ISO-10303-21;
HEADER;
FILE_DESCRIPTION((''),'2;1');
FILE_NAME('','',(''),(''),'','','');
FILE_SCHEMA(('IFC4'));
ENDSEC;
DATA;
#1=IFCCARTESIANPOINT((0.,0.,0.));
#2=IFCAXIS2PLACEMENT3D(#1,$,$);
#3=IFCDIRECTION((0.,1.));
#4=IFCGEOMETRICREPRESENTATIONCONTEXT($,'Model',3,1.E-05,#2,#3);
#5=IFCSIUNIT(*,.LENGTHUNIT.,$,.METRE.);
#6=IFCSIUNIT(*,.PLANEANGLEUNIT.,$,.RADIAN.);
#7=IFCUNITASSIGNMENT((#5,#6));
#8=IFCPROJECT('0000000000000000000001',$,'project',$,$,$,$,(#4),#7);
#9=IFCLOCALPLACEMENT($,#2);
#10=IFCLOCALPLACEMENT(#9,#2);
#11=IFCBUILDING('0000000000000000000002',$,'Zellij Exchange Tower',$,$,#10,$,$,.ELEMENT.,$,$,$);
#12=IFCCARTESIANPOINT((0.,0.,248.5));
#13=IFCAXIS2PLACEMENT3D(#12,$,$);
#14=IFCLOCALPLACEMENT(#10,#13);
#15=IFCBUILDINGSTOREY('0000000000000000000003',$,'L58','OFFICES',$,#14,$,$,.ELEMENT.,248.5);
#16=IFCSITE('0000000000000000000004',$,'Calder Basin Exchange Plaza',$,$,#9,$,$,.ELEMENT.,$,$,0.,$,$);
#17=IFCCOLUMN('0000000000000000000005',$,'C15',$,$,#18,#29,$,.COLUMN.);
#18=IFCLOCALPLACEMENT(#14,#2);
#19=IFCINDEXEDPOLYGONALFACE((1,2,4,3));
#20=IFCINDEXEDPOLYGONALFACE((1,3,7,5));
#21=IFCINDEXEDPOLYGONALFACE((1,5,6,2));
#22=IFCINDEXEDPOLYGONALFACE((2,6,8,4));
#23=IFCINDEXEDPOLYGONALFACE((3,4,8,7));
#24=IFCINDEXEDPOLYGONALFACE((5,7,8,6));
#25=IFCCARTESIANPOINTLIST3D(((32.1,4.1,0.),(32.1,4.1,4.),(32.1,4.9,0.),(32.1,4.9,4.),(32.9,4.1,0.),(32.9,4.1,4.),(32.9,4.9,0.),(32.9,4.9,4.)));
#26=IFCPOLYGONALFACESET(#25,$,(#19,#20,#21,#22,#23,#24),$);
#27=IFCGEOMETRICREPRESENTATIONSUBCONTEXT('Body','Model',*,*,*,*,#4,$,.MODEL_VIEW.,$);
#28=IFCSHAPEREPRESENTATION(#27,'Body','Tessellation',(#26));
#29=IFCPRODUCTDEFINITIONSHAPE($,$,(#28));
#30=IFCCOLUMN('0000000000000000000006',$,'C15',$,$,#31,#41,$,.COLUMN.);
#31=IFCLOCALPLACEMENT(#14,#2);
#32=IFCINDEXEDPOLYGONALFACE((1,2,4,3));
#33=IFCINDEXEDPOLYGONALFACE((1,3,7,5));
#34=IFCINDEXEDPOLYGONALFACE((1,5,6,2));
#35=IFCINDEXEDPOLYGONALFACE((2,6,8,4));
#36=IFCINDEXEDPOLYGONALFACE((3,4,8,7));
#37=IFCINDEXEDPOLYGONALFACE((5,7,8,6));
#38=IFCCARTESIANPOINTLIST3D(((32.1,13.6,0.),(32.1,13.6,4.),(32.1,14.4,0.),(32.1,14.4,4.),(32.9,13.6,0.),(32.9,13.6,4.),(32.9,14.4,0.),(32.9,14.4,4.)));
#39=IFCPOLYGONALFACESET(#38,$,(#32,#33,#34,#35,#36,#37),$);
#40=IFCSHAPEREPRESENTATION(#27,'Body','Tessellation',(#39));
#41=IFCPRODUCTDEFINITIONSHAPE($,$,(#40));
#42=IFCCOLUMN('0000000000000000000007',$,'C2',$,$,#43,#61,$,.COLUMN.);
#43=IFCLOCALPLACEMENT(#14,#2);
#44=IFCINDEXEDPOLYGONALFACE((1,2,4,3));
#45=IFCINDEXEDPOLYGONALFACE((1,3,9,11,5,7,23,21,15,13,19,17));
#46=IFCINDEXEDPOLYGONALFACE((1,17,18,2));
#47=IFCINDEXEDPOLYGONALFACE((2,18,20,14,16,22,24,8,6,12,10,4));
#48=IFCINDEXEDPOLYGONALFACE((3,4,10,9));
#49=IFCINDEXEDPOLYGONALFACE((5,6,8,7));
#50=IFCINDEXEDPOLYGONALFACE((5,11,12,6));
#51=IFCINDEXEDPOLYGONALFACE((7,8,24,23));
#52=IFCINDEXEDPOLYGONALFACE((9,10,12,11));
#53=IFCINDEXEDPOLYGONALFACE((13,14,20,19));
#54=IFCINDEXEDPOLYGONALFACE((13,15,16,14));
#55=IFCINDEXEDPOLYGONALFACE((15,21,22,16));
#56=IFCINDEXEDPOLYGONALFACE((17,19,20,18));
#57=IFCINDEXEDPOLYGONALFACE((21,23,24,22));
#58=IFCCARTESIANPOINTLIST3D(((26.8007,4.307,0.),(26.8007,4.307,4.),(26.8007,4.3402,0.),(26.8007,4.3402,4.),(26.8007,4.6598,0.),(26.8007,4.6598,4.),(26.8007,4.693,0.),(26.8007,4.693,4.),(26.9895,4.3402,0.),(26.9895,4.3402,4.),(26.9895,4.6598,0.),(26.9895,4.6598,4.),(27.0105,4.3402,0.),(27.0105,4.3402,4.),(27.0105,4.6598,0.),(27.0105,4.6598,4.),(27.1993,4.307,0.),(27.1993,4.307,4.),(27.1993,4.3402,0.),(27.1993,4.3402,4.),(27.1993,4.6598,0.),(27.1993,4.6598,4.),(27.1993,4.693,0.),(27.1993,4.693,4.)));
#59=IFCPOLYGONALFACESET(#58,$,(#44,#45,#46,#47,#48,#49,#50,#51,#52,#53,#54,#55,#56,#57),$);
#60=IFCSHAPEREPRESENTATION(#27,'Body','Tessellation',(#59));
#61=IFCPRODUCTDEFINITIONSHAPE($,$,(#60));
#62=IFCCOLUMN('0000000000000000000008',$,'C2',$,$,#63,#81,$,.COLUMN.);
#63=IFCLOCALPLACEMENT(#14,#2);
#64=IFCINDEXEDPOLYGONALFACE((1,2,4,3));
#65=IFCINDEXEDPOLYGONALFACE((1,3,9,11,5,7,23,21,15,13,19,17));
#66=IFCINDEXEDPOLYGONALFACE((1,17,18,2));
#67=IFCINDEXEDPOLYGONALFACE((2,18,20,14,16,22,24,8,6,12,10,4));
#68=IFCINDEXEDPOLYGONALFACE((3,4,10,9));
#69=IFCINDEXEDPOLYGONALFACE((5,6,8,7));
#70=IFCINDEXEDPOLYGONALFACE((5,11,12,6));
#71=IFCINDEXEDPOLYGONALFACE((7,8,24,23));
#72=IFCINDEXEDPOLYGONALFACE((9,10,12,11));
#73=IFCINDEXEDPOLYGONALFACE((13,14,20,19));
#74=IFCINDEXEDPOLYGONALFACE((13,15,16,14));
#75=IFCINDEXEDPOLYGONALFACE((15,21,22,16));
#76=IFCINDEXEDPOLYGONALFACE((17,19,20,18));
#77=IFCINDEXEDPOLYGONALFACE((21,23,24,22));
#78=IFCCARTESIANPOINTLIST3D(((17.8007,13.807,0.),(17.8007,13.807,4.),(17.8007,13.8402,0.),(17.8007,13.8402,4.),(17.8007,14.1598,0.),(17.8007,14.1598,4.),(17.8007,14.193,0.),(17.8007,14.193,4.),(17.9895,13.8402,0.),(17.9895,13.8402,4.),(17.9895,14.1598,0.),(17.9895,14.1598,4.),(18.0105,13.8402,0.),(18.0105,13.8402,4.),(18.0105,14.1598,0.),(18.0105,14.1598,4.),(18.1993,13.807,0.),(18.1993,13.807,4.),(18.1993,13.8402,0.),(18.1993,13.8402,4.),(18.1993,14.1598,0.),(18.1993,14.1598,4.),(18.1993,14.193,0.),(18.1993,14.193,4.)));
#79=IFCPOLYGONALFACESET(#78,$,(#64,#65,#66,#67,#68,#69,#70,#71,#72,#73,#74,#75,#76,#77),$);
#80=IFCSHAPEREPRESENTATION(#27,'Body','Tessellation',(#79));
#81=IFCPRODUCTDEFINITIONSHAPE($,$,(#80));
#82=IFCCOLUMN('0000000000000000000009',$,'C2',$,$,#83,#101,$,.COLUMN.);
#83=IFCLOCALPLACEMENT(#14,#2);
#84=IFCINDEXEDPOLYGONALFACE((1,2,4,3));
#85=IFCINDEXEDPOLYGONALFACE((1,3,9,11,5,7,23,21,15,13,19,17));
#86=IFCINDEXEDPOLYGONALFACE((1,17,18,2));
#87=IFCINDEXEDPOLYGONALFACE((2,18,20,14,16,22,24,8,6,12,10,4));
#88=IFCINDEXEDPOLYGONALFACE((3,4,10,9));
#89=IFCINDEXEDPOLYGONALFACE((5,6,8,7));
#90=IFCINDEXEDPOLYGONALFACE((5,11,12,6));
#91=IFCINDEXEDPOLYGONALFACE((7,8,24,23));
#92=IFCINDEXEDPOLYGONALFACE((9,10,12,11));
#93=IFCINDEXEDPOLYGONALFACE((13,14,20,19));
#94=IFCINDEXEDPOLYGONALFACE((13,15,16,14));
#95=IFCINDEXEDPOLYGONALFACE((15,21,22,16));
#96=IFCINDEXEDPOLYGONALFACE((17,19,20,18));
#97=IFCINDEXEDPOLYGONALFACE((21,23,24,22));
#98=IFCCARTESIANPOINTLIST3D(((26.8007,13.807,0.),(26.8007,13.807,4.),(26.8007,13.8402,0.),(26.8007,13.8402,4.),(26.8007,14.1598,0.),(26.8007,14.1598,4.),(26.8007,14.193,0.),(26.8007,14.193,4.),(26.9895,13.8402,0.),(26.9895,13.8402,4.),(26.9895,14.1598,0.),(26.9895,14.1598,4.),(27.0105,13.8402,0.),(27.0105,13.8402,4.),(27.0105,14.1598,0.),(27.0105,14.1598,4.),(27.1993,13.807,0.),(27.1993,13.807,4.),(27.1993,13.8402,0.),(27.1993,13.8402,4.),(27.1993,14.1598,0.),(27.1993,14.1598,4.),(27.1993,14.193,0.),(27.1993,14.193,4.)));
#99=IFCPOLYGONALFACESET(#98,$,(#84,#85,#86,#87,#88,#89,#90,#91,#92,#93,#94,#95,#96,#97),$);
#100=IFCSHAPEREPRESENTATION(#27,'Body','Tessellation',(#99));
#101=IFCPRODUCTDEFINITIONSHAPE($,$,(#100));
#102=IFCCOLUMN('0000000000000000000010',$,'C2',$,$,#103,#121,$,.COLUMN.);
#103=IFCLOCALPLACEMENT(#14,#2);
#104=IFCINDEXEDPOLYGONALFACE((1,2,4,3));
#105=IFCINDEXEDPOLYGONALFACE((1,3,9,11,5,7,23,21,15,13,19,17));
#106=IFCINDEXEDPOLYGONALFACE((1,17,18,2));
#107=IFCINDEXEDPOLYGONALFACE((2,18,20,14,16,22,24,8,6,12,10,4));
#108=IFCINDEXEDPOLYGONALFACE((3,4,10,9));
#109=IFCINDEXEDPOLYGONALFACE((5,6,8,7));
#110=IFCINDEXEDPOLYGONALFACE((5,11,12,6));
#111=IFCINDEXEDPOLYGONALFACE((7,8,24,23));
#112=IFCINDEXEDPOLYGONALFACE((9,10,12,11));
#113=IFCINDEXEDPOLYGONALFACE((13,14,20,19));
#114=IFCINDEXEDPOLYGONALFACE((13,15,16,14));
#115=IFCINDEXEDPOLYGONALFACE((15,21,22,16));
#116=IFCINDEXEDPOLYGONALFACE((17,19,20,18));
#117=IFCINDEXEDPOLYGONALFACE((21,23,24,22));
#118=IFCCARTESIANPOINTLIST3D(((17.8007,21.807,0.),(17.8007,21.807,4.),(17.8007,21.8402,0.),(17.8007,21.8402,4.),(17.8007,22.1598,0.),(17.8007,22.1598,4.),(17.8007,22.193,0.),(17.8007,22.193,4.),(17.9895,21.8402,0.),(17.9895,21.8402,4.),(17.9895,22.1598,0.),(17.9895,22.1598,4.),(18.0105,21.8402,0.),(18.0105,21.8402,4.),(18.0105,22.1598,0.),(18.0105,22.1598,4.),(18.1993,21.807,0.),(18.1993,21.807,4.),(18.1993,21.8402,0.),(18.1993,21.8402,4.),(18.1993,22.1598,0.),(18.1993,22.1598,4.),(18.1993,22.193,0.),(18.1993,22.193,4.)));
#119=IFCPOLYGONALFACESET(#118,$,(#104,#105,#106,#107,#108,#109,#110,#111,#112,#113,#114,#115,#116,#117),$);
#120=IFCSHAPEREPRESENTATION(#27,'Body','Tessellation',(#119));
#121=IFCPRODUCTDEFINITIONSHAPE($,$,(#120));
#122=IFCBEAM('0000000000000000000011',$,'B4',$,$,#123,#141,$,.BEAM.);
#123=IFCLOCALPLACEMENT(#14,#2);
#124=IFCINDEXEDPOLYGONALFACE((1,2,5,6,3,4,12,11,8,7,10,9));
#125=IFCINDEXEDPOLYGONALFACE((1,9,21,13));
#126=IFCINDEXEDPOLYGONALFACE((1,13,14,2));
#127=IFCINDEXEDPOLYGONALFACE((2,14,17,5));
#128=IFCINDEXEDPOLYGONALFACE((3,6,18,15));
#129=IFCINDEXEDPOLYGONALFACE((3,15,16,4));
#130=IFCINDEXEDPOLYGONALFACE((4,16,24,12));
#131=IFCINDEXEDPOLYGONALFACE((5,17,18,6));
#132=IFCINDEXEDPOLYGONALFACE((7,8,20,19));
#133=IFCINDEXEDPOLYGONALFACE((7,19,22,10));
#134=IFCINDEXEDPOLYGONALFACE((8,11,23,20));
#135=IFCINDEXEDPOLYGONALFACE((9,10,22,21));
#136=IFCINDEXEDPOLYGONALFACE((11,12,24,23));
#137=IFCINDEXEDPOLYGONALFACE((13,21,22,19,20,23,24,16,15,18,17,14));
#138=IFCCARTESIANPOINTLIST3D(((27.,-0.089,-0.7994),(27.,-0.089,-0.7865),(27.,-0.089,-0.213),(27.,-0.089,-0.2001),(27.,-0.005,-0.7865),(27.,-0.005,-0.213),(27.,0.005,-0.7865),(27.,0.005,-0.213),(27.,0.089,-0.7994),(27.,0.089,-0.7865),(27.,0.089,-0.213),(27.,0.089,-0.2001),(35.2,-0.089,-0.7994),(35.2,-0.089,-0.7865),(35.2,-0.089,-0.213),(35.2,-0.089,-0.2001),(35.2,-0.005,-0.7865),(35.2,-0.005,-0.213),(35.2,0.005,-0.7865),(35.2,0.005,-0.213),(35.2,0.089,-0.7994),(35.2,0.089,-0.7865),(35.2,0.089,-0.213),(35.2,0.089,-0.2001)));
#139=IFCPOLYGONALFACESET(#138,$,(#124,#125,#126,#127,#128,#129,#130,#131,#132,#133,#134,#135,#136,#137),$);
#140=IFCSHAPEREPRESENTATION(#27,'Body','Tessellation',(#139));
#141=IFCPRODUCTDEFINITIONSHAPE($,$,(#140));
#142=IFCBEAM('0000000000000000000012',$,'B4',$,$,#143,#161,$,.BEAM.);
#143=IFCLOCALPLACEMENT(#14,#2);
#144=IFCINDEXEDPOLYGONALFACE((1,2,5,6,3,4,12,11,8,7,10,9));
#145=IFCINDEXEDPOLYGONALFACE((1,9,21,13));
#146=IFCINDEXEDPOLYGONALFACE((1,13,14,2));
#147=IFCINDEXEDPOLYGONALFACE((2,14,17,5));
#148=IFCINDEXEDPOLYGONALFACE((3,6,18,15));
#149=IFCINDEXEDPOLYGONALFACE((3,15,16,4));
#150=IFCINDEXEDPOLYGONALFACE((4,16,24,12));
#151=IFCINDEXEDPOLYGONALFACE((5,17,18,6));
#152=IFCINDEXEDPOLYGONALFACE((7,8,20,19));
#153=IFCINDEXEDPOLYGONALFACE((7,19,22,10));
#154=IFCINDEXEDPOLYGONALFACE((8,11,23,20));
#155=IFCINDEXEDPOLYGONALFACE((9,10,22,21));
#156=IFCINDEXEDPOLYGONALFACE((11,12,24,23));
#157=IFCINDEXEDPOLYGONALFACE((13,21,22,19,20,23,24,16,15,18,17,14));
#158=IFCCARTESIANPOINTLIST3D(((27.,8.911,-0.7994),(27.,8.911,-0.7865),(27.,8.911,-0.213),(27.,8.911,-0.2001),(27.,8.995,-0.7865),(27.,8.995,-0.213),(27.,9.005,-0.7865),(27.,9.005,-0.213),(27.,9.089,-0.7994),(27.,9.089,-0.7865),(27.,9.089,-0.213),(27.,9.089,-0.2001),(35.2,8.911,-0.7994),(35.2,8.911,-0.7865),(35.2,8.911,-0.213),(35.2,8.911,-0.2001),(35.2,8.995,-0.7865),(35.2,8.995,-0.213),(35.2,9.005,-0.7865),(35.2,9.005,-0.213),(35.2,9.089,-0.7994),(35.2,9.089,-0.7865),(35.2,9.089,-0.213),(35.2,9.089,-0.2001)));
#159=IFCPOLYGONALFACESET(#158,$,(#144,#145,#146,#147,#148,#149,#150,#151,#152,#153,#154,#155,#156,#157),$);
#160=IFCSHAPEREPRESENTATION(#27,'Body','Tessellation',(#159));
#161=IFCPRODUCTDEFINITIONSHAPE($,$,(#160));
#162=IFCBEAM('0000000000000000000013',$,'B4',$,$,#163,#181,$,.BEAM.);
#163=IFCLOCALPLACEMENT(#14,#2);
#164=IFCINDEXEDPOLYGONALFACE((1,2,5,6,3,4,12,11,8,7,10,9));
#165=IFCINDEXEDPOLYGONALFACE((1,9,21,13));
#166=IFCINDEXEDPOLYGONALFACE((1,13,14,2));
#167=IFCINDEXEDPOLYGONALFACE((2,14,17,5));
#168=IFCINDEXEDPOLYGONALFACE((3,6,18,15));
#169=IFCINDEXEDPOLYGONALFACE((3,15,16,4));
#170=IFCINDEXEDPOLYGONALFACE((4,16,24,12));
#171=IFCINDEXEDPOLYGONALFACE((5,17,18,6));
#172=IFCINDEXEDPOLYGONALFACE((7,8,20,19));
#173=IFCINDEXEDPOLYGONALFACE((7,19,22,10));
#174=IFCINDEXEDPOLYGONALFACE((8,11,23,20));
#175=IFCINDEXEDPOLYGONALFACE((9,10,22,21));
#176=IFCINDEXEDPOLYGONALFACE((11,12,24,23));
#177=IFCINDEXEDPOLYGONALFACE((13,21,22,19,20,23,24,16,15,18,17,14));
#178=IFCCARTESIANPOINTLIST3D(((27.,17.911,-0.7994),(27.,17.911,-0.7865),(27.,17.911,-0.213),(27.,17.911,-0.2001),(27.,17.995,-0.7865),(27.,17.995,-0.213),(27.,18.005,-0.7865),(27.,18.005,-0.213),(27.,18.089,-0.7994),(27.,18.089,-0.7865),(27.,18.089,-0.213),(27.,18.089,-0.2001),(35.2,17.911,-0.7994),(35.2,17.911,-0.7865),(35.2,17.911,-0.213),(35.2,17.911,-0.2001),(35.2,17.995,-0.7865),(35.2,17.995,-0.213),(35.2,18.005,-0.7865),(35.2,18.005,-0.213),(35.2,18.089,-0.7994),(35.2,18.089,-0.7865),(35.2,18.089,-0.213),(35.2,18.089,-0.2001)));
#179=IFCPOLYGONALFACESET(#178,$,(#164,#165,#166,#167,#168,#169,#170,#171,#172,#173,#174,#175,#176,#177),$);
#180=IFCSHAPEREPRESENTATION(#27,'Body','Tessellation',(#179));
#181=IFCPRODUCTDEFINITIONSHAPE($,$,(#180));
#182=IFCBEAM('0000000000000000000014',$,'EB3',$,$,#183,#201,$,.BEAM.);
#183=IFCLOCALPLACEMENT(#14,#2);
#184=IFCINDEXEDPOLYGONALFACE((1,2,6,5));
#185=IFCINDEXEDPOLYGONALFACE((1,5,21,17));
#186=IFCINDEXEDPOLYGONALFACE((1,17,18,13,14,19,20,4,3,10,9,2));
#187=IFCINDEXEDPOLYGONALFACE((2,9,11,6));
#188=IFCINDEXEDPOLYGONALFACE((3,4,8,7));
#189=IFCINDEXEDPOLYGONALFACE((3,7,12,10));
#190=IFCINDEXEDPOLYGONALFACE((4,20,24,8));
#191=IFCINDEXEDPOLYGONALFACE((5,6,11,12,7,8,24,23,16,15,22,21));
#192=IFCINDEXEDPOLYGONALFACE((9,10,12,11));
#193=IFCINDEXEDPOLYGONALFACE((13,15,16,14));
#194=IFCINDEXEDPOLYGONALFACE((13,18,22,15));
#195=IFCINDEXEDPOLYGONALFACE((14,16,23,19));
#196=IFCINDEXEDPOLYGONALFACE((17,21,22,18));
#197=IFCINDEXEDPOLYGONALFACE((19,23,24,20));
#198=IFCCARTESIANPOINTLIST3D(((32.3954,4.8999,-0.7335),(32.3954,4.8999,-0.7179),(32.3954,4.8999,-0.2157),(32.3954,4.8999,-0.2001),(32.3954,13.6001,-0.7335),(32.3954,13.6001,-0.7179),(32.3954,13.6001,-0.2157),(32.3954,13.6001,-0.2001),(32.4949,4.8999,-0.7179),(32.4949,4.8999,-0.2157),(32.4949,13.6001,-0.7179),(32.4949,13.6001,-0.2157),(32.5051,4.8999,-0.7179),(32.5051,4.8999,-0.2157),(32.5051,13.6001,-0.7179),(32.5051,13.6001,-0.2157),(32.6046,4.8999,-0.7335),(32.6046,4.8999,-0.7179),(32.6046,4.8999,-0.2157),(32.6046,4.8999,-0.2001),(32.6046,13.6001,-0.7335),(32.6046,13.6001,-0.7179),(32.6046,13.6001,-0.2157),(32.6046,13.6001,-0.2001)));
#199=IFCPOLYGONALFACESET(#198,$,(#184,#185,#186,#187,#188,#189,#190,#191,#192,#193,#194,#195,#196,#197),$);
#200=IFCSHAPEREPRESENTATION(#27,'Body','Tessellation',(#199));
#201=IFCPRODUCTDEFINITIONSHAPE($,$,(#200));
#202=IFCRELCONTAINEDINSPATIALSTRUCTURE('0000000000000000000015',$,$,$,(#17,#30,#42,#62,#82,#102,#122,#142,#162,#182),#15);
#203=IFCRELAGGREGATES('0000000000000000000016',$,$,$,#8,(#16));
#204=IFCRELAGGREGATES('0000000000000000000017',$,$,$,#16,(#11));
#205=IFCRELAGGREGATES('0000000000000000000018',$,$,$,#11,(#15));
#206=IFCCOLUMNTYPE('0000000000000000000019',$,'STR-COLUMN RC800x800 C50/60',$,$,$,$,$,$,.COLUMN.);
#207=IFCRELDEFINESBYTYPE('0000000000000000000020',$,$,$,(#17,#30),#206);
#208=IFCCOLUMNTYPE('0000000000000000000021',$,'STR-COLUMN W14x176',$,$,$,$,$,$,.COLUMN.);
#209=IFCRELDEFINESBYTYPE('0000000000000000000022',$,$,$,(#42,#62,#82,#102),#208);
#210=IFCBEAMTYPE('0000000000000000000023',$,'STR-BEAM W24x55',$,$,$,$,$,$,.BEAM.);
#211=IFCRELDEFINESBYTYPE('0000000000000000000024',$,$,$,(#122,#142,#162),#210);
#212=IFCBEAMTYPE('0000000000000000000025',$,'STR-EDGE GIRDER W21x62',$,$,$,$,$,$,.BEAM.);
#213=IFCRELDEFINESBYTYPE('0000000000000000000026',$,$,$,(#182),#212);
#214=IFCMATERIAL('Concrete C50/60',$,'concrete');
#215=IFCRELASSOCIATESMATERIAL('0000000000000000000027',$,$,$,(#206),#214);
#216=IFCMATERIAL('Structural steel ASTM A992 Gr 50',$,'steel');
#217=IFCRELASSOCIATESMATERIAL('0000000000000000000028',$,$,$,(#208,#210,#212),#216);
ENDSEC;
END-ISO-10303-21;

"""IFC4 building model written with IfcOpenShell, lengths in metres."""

from ifc_helpers import new_model, si_unit, direction, frame, origin, origin_2d, place, context, subcontext, project, spatial, rectangle, i_section, extrude, material, material_profile, profile_set, type_object, element, save


model = new_model("IFC4")

# Units and contexts
model_context = context("Model", 3, precision=1e-05, world=origin(), true_north=direction((0.0, 1.0)))
body_context = subcontext(model_context, "Body", "Model", "MODEL_VIEW")
ifc_project = project(units=[si_unit("LENGTHUNIT", "METRE"), si_unit("PLANEANGLEUNIT", "RADIAN")], contexts=[model_context])

# Site, building, storey
site_placement = place(None, origin())
site = spatial("IfcSite", under=ifc_project, at=site_placement, Name="Calder Basin Exchange Plaza", CompositionType="ELEMENT", RefElevation=0.0)
building_placement = place(site_placement, origin())
building = spatial("IfcBuilding", under=site, at=building_placement, Name="Zellij Exchange Tower", CompositionType="ELEMENT")
storey_placement = place(building_placement, frame((0.0, 0.0, 248.5)))
storey = spatial("IfcBuildingStorey", under=building, at=storey_placement, Name="L58", Description="OFFICES", CompositionType="ELEMENT", Elevation=248.5)

# Columns
ifc_material_1 = material(Name="Concrete C50/60", Category="concrete")
ifc_material_profile_1 = material_profile(ifc_material_1, rectangle(XDim=0.8, YDim=0.8, at=origin_2d()), Name="STR-COLUMN RC800x800 C50/60")
ifc_profile_set_1 = profile_set([ifc_material_profile_1], Name="Concrete C50/60")
column_type_1 = type_object("IfcColumnType", Name="STR-COLUMN RC800x800 C50/60", PredefinedType="COLUMN", material=ifc_profile_set_1)
for number, where, z_axis, x_axis, name in (
    (1, (32.5, 4.5, 0.0), (0.0, 0.0, 1.0), (1.0, 0.0, 0.0), "C15"),
    (2, (32.5, 14.0, 0.0), (0.0, 0.0, 1.0), (1.0, 0.0, 0.0), "C15"),
):
    element("IfcColumn", number, at=place(storey_placement, frame(where, z_axis=z_axis, x_axis=x_axis)), inside=storey, type_object=column_type_1, Name=name, PredefinedType="COLUMN", context=body_context, shape_type="SweptSolid", body=[
        extrude(rectangle(XDim=0.8, YDim=0.8, at=origin_2d()), origin(), (0.0, 0.0, 1.0), 4.0),
    ])
ifc_material_2 = material(Name="Structural steel ASTM A992 Gr 50", Category="steel")
ifc_material_profile_2 = material_profile(ifc_material_2, i_section(OverallWidth=0.3987, OverallDepth=0.386, WebThickness=0.021, FlangeThickness=0.0332, at=origin_2d()), Name="W14x176")
ifc_profile_set_2 = profile_set([ifc_material_profile_2], Name="Structural steel ASTM A992 Gr 50")
column_type_2 = type_object("IfcColumnType", Name="STR-COLUMN W14x176", PredefinedType="COLUMN", material=ifc_profile_set_2)
for number, where, z_axis, x_axis, name in (
    (3, (27.0, 4.5, 0.0), (0.0, 0.0, 1.0), (1.0, 0.0, 0.0), "C2"),
    (4, (18.0, 14.0, 0.0), (0.0, 0.0, 1.0), (1.0, 0.0, 0.0), "C2"),
    (5, (27.0, 14.0, 0.0), (0.0, 0.0, 1.0), (1.0, 0.0, 0.0), "C2"),
    (6, (18.0, 22.0, 0.0), (0.0, 0.0, 1.0), (1.0, 0.0, 0.0), "C2"),
):
    element("IfcColumn", number, at=place(storey_placement, frame(where, z_axis=z_axis, x_axis=x_axis)), inside=storey, type_object=column_type_2, Name=name, PredefinedType="COLUMN", context=body_context, shape_type="SweptSolid", body=[
        extrude(i_section(OverallWidth=0.3987, OverallDepth=0.386, WebThickness=0.021, FlangeThickness=0.0332, at=origin_2d()), origin(), (0.0, 0.0, 1.0), 4.0),
    ])

# Beams
ifc_material_profile_3 = material_profile(ifc_material_2, i_section(OverallWidth=0.178, OverallDepth=0.5994, WebThickness=0.01, FlangeThickness=0.0129, at=origin_2d()), Name="W24x55")
ifc_profile_set_3 = profile_set([ifc_material_profile_3], Name="Structural steel ASTM A992 Gr 50")
beam_type_1 = type_object("IfcBeamType", Name="STR-BEAM W24x55", PredefinedType="BEAM", material=ifc_profile_set_3)
for number, where, z_axis, x_axis, name in (
    (7, (27.0, 0.0, -0.4998), (1.0, 0.0, 0.0), (0.0, 1.0, 0.0), "B4"),
    (8, (27.0, 9.0, -0.4998), (1.0, 0.0, 0.0), (0.0, 1.0, 0.0), "B4"),
    (9, (27.0, 18.0, -0.4998), (1.0, 0.0, 0.0), (0.0, 1.0, 0.0), "B4"),
):
    element("IfcBeam", number, at=place(storey_placement, frame(where, z_axis=z_axis, x_axis=x_axis)), inside=storey, type_object=beam_type_1, Name=name, PredefinedType="BEAM", context=body_context, shape_type="SweptSolid", body=[
        extrude(i_section(OverallWidth=0.178, OverallDepth=0.5994, WebThickness=0.01, FlangeThickness=0.0129, at=origin_2d()), origin(), (0.0, 0.0, 1.0), 8.2),
    ])
ifc_material_profile_4 = material_profile(ifc_material_2, i_section(OverallWidth=0.2092, OverallDepth=0.5334, WebThickness=0.0103, FlangeThickness=0.0156, at=origin_2d()), Name="W21x62")
ifc_profile_set_4 = profile_set([ifc_material_profile_4], Name="Structural steel ASTM A992 Gr 50")
beam_type_2 = type_object("IfcBeamType", Name="STR-EDGE GIRDER W21x62", PredefinedType="BEAM", material=ifc_profile_set_4)
beam_1_placement = place(storey_placement, frame((32.5, 4.8999, -0.4668), z_axis=(0.0, 1.0, 0.0), x_axis=(-1.0, 0.0, 0.0)))
element("IfcBeam", 10, at=beam_1_placement, inside=storey, type_object=beam_type_2, Name="EB3", PredefinedType="BEAM", context=body_context, shape_type="SweptSolid", body=[
    extrude(i_section(OverallWidth=0.2092, OverallDepth=0.5334, WebThickness=0.0103, FlangeThickness=0.0156, at=origin_2d()), origin(), (0.0, 0.0, 1.0), 8.7002),
])

save(model, "model.ifc")
